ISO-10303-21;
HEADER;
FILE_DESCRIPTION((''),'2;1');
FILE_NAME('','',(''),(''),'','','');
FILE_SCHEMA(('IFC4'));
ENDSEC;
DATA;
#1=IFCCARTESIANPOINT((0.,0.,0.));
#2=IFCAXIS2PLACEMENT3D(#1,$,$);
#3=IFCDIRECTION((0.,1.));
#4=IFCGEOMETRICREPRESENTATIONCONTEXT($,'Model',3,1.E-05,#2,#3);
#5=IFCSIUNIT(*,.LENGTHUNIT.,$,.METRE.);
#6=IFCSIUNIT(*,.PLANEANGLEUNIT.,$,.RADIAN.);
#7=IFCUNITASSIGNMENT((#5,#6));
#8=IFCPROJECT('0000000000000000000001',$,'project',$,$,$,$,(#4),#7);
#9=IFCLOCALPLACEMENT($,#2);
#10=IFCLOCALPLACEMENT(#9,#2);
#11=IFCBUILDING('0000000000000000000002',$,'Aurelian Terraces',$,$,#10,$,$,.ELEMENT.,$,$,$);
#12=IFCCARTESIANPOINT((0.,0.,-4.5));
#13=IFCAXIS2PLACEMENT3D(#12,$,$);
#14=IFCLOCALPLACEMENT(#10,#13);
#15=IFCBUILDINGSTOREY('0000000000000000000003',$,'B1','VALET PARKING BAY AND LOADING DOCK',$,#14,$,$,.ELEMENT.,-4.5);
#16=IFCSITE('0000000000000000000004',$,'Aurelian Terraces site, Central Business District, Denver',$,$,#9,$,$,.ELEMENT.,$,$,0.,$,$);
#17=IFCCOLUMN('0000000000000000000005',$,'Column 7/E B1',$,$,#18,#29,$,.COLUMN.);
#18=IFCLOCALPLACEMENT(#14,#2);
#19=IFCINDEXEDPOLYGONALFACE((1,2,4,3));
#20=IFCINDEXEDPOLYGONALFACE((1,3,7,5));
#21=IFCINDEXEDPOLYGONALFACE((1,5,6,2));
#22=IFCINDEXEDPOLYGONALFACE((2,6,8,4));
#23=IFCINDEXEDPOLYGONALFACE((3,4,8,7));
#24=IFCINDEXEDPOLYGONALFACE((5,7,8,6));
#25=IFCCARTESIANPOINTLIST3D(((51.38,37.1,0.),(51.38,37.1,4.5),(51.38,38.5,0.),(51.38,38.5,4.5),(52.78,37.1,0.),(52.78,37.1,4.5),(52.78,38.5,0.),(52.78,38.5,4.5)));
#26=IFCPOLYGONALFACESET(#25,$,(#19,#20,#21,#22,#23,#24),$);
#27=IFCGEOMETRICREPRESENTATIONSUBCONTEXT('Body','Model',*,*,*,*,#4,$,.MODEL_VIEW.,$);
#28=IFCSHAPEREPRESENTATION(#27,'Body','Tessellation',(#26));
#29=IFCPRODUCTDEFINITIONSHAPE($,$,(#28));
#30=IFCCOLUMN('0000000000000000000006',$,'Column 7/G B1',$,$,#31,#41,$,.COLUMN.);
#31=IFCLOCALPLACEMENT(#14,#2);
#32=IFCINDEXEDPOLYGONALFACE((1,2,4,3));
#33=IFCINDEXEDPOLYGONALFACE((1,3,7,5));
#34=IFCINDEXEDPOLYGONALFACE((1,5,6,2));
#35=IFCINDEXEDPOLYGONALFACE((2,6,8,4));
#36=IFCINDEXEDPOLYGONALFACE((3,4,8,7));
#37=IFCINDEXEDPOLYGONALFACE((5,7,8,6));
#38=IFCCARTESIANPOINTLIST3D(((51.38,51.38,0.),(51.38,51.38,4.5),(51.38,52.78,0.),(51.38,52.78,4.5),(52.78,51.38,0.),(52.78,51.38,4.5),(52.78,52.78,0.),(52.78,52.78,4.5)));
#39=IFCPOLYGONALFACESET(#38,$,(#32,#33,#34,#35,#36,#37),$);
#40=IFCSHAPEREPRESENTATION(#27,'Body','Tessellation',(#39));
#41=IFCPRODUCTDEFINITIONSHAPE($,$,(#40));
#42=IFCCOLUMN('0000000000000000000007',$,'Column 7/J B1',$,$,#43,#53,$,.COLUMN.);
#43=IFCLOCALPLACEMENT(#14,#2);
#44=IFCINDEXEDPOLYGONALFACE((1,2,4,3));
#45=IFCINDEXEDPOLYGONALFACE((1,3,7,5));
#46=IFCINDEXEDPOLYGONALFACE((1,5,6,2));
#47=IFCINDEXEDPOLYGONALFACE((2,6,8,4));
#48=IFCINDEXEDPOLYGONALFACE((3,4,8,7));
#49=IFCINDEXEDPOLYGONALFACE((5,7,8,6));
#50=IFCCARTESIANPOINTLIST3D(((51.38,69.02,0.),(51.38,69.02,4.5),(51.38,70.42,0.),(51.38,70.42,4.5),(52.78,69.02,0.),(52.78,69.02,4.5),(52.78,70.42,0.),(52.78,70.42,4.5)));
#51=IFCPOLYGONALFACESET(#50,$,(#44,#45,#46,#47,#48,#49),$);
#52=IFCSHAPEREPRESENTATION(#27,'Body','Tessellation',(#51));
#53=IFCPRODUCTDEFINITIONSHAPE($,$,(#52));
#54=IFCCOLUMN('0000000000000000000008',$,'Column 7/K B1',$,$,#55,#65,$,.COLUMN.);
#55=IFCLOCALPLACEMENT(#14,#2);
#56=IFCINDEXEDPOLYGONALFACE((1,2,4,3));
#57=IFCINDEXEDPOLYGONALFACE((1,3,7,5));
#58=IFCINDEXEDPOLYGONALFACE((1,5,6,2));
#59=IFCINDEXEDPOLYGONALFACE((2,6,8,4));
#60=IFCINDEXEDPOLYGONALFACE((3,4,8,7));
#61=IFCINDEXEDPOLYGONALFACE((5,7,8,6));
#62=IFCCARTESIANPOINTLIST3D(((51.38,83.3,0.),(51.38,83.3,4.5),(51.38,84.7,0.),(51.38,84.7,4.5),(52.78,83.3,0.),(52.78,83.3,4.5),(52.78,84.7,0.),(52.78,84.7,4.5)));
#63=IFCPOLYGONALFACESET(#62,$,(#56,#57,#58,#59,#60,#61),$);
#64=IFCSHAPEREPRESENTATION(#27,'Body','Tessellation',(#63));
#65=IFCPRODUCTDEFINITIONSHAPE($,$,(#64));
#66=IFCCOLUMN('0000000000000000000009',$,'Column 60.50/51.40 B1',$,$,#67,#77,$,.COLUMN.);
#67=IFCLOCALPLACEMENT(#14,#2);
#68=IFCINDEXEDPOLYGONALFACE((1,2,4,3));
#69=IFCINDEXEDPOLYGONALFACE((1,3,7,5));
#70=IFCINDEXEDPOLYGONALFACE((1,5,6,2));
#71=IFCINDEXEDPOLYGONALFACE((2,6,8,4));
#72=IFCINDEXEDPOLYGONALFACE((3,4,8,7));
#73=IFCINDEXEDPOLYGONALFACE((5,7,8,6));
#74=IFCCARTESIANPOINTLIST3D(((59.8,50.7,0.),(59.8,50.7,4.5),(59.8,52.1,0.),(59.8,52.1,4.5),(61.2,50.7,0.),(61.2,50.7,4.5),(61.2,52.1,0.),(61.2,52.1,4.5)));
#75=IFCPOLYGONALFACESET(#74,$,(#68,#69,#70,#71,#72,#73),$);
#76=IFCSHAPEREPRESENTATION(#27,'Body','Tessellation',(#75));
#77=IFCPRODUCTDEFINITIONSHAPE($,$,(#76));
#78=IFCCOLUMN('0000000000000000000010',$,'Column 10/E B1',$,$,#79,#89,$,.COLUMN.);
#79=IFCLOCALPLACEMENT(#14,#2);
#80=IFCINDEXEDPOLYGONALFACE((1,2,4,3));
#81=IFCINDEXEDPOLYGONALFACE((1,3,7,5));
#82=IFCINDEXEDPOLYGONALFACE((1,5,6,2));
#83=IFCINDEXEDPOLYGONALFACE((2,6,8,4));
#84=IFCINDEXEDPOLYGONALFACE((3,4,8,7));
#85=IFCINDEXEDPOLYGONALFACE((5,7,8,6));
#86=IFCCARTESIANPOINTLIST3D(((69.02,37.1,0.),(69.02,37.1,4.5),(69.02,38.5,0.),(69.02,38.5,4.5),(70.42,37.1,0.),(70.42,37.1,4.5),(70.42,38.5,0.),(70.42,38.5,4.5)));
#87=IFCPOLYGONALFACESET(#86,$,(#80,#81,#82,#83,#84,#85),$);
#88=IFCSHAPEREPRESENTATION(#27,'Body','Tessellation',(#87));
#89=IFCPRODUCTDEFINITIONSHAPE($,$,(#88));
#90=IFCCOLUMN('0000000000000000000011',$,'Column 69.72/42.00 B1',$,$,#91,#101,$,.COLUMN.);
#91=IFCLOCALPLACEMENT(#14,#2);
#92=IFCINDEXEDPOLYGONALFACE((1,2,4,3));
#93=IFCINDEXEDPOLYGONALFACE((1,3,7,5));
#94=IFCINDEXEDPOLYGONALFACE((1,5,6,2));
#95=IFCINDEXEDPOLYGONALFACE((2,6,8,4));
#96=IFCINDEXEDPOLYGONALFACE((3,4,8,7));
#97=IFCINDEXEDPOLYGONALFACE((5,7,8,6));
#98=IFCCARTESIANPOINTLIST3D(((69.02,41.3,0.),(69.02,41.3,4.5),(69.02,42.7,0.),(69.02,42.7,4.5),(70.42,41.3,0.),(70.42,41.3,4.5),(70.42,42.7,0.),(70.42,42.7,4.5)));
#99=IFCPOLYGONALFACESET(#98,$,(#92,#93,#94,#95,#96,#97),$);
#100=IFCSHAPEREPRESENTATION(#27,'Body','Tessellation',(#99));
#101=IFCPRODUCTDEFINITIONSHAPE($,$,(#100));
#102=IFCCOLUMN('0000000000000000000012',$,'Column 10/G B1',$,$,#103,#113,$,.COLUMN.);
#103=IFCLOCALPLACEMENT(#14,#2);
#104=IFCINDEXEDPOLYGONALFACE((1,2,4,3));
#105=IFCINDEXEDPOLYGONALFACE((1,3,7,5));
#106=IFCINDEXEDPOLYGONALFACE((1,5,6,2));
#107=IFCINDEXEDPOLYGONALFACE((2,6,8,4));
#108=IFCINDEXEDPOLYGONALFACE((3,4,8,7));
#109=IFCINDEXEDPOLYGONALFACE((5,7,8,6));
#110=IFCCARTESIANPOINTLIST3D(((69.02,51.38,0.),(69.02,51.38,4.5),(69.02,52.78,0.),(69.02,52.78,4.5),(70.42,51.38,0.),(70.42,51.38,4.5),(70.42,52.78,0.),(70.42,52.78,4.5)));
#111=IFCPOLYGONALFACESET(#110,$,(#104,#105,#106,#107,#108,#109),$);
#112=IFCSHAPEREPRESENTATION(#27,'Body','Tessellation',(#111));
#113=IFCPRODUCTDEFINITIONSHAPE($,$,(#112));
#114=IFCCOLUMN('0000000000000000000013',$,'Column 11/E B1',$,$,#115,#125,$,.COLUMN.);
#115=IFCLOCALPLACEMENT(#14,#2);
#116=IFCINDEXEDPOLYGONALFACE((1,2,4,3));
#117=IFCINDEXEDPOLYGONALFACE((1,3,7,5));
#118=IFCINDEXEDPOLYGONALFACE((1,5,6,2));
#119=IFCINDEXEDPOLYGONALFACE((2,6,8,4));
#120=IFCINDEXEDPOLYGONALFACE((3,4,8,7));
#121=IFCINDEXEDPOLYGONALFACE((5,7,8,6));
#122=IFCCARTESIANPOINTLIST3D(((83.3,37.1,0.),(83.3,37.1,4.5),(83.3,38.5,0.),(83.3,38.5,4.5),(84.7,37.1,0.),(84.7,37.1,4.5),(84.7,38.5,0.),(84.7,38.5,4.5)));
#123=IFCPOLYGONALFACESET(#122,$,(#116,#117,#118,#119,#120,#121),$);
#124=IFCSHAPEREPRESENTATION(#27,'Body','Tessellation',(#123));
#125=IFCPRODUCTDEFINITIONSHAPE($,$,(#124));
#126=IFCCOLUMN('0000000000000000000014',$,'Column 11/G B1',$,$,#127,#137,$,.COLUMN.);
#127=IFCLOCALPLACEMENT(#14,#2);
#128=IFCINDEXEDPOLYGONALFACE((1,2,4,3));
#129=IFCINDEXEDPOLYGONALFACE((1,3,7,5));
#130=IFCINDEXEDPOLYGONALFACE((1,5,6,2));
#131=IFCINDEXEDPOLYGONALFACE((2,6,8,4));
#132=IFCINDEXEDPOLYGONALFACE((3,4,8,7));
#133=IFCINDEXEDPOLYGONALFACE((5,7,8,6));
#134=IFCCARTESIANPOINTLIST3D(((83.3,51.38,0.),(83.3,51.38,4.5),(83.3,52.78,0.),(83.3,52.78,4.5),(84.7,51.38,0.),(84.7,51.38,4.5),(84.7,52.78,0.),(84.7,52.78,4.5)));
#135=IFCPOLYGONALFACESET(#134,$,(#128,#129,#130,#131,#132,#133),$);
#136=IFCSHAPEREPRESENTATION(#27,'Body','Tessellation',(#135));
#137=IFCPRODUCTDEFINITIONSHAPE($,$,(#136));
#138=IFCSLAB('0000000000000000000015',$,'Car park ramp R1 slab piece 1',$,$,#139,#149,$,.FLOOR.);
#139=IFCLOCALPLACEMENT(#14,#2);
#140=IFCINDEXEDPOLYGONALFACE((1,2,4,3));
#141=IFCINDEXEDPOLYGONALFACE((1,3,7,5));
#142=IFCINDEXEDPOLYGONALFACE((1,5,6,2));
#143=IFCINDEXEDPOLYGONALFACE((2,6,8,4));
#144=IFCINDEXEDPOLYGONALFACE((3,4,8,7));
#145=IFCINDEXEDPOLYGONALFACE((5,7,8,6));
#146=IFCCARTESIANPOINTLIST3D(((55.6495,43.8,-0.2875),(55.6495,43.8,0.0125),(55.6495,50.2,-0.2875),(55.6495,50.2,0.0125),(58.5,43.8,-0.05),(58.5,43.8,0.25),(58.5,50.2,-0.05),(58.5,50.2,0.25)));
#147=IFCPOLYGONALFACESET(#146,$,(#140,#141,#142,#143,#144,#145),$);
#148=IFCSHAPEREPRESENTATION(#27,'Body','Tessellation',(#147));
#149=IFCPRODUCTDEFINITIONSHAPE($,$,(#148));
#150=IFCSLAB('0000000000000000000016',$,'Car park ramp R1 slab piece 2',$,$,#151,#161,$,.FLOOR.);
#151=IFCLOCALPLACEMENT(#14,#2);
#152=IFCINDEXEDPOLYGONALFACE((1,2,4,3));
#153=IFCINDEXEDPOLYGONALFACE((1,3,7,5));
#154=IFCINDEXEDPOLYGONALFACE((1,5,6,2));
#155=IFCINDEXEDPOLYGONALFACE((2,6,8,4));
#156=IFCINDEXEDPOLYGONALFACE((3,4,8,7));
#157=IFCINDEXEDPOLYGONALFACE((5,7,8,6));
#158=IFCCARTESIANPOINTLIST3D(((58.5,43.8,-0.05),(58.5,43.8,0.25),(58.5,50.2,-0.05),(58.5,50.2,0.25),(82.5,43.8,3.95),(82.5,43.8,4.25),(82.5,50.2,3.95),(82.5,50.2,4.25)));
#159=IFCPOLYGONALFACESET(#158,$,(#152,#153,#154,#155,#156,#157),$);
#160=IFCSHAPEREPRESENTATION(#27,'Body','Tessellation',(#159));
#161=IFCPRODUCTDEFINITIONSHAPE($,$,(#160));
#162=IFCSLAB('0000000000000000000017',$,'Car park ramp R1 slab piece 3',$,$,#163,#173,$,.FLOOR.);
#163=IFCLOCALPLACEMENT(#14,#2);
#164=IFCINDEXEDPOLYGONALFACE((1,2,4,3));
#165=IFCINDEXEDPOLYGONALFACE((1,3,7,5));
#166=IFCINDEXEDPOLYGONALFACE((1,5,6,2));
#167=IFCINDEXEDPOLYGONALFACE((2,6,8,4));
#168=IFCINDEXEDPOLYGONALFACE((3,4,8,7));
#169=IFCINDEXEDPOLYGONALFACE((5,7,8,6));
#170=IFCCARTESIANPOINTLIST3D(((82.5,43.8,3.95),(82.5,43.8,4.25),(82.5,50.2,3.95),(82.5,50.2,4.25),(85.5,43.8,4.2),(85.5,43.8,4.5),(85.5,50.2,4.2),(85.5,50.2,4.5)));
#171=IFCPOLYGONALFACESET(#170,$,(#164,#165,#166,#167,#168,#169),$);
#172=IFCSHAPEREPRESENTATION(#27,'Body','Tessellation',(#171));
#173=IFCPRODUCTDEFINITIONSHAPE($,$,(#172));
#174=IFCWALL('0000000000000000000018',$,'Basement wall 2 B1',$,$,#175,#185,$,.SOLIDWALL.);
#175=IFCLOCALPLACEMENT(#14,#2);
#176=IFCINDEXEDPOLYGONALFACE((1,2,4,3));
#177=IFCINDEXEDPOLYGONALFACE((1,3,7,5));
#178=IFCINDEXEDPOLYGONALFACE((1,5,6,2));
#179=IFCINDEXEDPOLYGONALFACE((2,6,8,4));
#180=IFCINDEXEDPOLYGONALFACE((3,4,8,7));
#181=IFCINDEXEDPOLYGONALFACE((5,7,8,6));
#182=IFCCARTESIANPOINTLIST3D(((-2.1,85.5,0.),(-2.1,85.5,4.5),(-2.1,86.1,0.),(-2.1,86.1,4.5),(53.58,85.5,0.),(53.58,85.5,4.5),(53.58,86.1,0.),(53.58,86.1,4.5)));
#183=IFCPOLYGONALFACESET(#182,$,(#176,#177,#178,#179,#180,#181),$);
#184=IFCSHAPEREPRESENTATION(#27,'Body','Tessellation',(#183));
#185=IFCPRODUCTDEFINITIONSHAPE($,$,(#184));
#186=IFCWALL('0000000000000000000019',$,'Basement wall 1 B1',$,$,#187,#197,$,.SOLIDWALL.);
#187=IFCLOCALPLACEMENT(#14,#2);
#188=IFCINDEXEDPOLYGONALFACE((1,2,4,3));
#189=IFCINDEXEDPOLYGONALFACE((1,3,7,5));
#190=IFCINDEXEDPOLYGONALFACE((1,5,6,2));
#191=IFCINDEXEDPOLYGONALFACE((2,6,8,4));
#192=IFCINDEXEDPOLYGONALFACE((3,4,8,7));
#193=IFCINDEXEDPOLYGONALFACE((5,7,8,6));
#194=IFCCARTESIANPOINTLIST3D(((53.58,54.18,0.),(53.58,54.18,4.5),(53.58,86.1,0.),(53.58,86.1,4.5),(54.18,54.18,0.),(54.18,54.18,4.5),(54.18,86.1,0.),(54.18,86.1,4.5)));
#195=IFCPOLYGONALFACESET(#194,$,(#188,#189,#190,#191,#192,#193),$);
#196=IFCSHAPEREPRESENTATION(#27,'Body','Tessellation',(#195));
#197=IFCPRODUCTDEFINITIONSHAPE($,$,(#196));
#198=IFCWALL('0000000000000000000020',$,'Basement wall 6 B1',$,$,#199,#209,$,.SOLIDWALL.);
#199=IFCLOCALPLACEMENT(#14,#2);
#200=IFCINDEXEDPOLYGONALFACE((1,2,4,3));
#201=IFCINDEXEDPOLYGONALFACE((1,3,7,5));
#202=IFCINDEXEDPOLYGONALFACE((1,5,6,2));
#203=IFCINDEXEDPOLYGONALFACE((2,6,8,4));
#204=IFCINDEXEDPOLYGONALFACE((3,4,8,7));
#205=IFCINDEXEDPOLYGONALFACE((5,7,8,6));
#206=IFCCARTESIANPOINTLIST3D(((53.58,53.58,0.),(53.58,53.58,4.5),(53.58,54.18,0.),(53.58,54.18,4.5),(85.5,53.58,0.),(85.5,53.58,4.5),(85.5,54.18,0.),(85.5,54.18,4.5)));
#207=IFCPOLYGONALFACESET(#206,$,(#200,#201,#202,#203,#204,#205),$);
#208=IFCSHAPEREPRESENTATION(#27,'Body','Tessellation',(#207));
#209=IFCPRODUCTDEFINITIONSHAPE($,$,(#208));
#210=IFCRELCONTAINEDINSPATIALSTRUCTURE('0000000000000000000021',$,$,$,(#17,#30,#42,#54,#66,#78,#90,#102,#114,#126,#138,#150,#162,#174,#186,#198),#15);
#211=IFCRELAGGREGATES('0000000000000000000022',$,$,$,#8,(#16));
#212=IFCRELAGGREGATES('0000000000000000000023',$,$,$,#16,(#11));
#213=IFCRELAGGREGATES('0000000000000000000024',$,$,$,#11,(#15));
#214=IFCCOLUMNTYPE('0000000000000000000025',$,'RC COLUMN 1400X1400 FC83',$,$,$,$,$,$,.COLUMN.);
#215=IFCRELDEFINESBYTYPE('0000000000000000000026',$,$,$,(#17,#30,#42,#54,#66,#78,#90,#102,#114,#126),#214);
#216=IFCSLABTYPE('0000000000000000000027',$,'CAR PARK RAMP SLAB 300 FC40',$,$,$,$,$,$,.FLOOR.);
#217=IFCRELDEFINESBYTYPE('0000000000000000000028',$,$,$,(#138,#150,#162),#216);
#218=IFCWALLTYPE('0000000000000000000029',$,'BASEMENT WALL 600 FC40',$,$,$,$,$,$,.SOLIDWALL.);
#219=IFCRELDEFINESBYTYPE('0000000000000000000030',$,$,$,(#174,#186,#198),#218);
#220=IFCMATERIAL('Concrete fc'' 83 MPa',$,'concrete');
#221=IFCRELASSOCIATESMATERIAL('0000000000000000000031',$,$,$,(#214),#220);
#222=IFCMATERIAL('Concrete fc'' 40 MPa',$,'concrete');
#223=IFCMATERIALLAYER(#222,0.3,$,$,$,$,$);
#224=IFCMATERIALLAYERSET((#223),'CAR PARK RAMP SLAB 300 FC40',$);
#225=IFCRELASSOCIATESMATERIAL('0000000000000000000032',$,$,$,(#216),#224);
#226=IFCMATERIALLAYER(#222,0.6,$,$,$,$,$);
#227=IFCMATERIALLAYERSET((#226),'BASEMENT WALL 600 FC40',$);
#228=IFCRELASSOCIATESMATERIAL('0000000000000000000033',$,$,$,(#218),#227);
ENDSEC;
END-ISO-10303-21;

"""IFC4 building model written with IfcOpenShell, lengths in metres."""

from ifc_helpers import new_model, si_unit, direction, frame, frame_2d, origin, origin_2d, place, context, subcontext, project, spatial, polyline, rectangle, outline, extrude, source, transform, mapped, material, layer, layer_set, material_profile, profile_set, type_object, element, save


model = new_model("IFC4")

# Units and contexts
model_context = context("Model", 3, precision=1e-05, world=origin(), true_north=direction((0.0, 1.0)))
body_context = subcontext(model_context, "Body", "Model", "MODEL_VIEW")
ifc_project = project(units=[si_unit("LENGTHUNIT", "METRE"), si_unit("PLANEANGLEUNIT", "RADIAN")], contexts=[model_context])

# Site, building, storey
site_placement = place(None, origin())
site = spatial("IfcSite", under=ifc_project, at=site_placement, Name="Aurelian Terraces site, Central Business District, Denver", CompositionType="ELEMENT", RefElevation=0.0)
building_placement = place(site_placement, origin())
building = spatial("IfcBuilding", under=site, at=building_placement, Name="Aurelian Terraces", CompositionType="ELEMENT")
storey_placement = place(building_placement, frame((0.0, 0.0, -4.5)))
storey = spatial("IfcBuildingStorey", under=building, at=storey_placement, Name="B1", Description="VALET PARKING BAY AND LOADING DOCK", CompositionType="ELEMENT", Elevation=-4.5)

# Columns
ifc_material_1 = material(Name="Concrete fc' 83 MPa", Category="concrete")
ifc_material_profile = material_profile(ifc_material_1, rectangle(XDim=1.4, YDim=1.4, at=origin_2d()))
ifc_profile_set = profile_set([ifc_material_profile], Name="Concrete fc' 83 MPa")
column_type = type_object("IfcColumnType", Name="RC COLUMN 1400X1400 FC83", PredefinedType="COLUMN", material=ifc_profile_set)
shared_shape_1 = source(origin(), body_context, "Body", "SweptSolid", [
    extrude(rectangle(XDim=1.4, YDim=1.4, at=origin_2d()), origin(), (0.0, 0.0, 1.0), 4.5),
])
for number, where, z_axis, x_axis, name in (
    (1, (52.08, 37.8, 0.0), (0.0, 0.0, 1.0), (1.0, 0.0, 0.0), "Column 7/E B1"),
    (2, (52.08, 52.08, 0.0), (0.0, 0.0, 1.0), (1.0, 0.0, 0.0), "Column 7/G B1"),
    (3, (52.08, 69.72, 0.0), (0.0, 0.0, 1.0), (1.0, 0.0, 0.0), "Column 7/J B1"),
    (4, (52.08, 84.0, 0.0), (0.0, 0.0, 1.0), (1.0, 0.0, 0.0), "Column 7/K B1"),
    (5, (60.5, 51.4, 0.0), (0.0, 0.0, 1.0), (1.0, 0.0, 0.0), "Column 60.50/51.40 B1"),
    (6, (69.72, 37.8, 0.0), (0.0, 0.0, 1.0), (1.0, 0.0, 0.0), "Column 10/E B1"),
    (7, (69.72, 42.0, 0.0), (0.0, 0.0, 1.0), (1.0, 0.0, 0.0), "Column 69.72/42.00 B1"),
    (8, (69.72, 52.08, 0.0), (0.0, 0.0, 1.0), (1.0, 0.0, 0.0), "Column 10/G B1"),
    (9, (84.0, 37.8, 0.0), (0.0, 0.0, 1.0), (1.0, 0.0, 0.0), "Column 11/E B1"),
    (10, (84.0, 52.08, 0.0), (0.0, 0.0, 1.0), (1.0, 0.0, 0.0), "Column 11/G B1"),
):
    element("IfcColumn", number, at=place(storey_placement, frame(where, z_axis=z_axis, x_axis=x_axis)), inside=storey, type_object=column_type, Name=name, PredefinedType="COLUMN", context=body_context, shape_type="MappedRepresentation", body=[
        mapped(shared_shape_1, transform((0.0, 0.0, 0.0), scale=1.0)),
    ])

# Slabs
ifc_material_2 = material(Name="Concrete fc' 40 MPa", Category="concrete")
ifc_layer_1 = layer(ifc_material_2, 0.3)
ifc_layer_set_1 = layer_set([ifc_layer_1], Name="CAR PARK RAMP SLAB 300 FC40")
slab_type = type_object("IfcSlabType", Name="CAR PARK RAMP SLAB 300 FC40", PredefinedType="FLOOR", material=ifc_layer_set_1)
slab_1_placement = place(storey_placement, frame((55.6495, 43.8, 0.0125), z_axis=(0.0, 0.0, 1.0), x_axis=(1.0, 0.0, 0.0)))
element("IfcSlab", 11, at=slab_1_placement, inside=storey, type_object=slab_type, Name="Car park ramp R1 slab piece 1", PredefinedType="FLOOR", context=body_context, shape_type="SweptSolid", body=[
    extrude(outline(polyline([(0.0, 0.0), (2.8505, 0.2375), (2.8505, -0.0625), (0.0, -0.3), (0.0, 0.0)])), frame((0.0, 6.4, 0.0), z_axis=(0.0, -1.0, 0.0), x_axis=(1.0, 0.0, 0.0)), (0.0, 0.0, 1.0), 6.4),
])
slab_2_placement = place(storey_placement, frame((58.5, 43.8, 0.25), z_axis=(0.0, 0.0, 1.0), x_axis=(1.0, 0.0, 0.0)))
element("IfcSlab", 12, at=slab_2_placement, inside=storey, type_object=slab_type, Name="Car park ramp R1 slab piece 2", PredefinedType="FLOOR", context=body_context, shape_type="SweptSolid", body=[
    extrude(outline(polyline([(0.0, 0.0), (24.0, 4.0), (24.0, 3.7), (0.0, -0.3), (0.0, 0.0)])), frame((0.0, 6.4, 0.0), z_axis=(0.0, -1.0, 0.0), x_axis=(1.0, 0.0, 0.0)), (0.0, 0.0, 1.0), 6.4),
])
slab_3_placement = place(storey_placement, frame((82.5, 43.8, 4.25), z_axis=(0.0, 0.0, 1.0), x_axis=(1.0, 0.0, 0.0)))
element("IfcSlab", 13, at=slab_3_placement, inside=storey, type_object=slab_type, Name="Car park ramp R1 slab piece 3", PredefinedType="FLOOR", context=body_context, shape_type="SweptSolid", body=[
    extrude(outline(polyline([(0.0, 0.0), (3.0, 0.25), (3.0, -0.05), (0.0, -0.3), (0.0, 0.0)])), frame((0.0, 6.4, 0.0), z_axis=(0.0, -1.0, 0.0), x_axis=(1.0, 0.0, 0.0)), (0.0, 0.0, 1.0), 6.4),
])

# Walls
ifc_layer_2 = layer(ifc_material_2, 0.6)
ifc_layer_set_2 = layer_set([ifc_layer_2], Name="BASEMENT WALL 600 FC40")
wall_type_1 = type_object("IfcWallType", Name="BASEMENT WALL 600 FC40", PredefinedType="SOLIDWALL", material=ifc_layer_set_2)
shared_shape_2 = source(origin(), body_context, "Body", "SweptSolid", [
    extrude(rectangle(XDim=55.68, YDim=0.6, at=frame_2d((27.84, 0.0))), origin(), (0.0, 0.0, 1.0), 4.5),
])
wall_1_placement = place(storey_placement, frame((53.58, 85.8, 0.0), z_axis=(0.0, 0.0, 1.0), x_axis=(-1.0, 0.0, 0.0)))
element("IfcWall", 14, at=wall_1_placement, inside=storey, type_object=wall_type_1, Name="Basement wall 2 B1", PredefinedType="SOLIDWALL", context=body_context, shape_type="MappedRepresentation", body=[
    mapped(shared_shape_2, transform((0.0, 0.0, 0.0), scale=1.0)),
])
shared_shape_3 = source(origin(), body_context, "Body", "SweptSolid", [
    extrude(rectangle(XDim=31.92, YDim=0.6, at=frame_2d((15.96, 0.0))), origin(), (0.0, 0.0, 1.0), 4.5),
])
for number, where, z_axis, x_axis, name in (
    (15, (53.88, 54.18, 0.0), (0.0, 0.0, 1.0), (0.0, 1.0, 0.0), "Basement wall 1 B1"),
    (16, (85.5, 53.88, 0.0), (0.0, 0.0, 1.0), (-1.0, 0.0, 0.0), "Basement wall 6 B1"),
):
    element("IfcWall", number, at=place(storey_placement, frame(where, z_axis=z_axis, x_axis=x_axis)), inside=storey, type_object=wall_type_1, Name=name, PredefinedType="SOLIDWALL", context=body_context, shape_type="MappedRepresentation", body=[
        mapped(shared_shape_3, transform((0.0, 0.0, 0.0), scale=1.0)),
    ])

save(model, "model.ifc")
